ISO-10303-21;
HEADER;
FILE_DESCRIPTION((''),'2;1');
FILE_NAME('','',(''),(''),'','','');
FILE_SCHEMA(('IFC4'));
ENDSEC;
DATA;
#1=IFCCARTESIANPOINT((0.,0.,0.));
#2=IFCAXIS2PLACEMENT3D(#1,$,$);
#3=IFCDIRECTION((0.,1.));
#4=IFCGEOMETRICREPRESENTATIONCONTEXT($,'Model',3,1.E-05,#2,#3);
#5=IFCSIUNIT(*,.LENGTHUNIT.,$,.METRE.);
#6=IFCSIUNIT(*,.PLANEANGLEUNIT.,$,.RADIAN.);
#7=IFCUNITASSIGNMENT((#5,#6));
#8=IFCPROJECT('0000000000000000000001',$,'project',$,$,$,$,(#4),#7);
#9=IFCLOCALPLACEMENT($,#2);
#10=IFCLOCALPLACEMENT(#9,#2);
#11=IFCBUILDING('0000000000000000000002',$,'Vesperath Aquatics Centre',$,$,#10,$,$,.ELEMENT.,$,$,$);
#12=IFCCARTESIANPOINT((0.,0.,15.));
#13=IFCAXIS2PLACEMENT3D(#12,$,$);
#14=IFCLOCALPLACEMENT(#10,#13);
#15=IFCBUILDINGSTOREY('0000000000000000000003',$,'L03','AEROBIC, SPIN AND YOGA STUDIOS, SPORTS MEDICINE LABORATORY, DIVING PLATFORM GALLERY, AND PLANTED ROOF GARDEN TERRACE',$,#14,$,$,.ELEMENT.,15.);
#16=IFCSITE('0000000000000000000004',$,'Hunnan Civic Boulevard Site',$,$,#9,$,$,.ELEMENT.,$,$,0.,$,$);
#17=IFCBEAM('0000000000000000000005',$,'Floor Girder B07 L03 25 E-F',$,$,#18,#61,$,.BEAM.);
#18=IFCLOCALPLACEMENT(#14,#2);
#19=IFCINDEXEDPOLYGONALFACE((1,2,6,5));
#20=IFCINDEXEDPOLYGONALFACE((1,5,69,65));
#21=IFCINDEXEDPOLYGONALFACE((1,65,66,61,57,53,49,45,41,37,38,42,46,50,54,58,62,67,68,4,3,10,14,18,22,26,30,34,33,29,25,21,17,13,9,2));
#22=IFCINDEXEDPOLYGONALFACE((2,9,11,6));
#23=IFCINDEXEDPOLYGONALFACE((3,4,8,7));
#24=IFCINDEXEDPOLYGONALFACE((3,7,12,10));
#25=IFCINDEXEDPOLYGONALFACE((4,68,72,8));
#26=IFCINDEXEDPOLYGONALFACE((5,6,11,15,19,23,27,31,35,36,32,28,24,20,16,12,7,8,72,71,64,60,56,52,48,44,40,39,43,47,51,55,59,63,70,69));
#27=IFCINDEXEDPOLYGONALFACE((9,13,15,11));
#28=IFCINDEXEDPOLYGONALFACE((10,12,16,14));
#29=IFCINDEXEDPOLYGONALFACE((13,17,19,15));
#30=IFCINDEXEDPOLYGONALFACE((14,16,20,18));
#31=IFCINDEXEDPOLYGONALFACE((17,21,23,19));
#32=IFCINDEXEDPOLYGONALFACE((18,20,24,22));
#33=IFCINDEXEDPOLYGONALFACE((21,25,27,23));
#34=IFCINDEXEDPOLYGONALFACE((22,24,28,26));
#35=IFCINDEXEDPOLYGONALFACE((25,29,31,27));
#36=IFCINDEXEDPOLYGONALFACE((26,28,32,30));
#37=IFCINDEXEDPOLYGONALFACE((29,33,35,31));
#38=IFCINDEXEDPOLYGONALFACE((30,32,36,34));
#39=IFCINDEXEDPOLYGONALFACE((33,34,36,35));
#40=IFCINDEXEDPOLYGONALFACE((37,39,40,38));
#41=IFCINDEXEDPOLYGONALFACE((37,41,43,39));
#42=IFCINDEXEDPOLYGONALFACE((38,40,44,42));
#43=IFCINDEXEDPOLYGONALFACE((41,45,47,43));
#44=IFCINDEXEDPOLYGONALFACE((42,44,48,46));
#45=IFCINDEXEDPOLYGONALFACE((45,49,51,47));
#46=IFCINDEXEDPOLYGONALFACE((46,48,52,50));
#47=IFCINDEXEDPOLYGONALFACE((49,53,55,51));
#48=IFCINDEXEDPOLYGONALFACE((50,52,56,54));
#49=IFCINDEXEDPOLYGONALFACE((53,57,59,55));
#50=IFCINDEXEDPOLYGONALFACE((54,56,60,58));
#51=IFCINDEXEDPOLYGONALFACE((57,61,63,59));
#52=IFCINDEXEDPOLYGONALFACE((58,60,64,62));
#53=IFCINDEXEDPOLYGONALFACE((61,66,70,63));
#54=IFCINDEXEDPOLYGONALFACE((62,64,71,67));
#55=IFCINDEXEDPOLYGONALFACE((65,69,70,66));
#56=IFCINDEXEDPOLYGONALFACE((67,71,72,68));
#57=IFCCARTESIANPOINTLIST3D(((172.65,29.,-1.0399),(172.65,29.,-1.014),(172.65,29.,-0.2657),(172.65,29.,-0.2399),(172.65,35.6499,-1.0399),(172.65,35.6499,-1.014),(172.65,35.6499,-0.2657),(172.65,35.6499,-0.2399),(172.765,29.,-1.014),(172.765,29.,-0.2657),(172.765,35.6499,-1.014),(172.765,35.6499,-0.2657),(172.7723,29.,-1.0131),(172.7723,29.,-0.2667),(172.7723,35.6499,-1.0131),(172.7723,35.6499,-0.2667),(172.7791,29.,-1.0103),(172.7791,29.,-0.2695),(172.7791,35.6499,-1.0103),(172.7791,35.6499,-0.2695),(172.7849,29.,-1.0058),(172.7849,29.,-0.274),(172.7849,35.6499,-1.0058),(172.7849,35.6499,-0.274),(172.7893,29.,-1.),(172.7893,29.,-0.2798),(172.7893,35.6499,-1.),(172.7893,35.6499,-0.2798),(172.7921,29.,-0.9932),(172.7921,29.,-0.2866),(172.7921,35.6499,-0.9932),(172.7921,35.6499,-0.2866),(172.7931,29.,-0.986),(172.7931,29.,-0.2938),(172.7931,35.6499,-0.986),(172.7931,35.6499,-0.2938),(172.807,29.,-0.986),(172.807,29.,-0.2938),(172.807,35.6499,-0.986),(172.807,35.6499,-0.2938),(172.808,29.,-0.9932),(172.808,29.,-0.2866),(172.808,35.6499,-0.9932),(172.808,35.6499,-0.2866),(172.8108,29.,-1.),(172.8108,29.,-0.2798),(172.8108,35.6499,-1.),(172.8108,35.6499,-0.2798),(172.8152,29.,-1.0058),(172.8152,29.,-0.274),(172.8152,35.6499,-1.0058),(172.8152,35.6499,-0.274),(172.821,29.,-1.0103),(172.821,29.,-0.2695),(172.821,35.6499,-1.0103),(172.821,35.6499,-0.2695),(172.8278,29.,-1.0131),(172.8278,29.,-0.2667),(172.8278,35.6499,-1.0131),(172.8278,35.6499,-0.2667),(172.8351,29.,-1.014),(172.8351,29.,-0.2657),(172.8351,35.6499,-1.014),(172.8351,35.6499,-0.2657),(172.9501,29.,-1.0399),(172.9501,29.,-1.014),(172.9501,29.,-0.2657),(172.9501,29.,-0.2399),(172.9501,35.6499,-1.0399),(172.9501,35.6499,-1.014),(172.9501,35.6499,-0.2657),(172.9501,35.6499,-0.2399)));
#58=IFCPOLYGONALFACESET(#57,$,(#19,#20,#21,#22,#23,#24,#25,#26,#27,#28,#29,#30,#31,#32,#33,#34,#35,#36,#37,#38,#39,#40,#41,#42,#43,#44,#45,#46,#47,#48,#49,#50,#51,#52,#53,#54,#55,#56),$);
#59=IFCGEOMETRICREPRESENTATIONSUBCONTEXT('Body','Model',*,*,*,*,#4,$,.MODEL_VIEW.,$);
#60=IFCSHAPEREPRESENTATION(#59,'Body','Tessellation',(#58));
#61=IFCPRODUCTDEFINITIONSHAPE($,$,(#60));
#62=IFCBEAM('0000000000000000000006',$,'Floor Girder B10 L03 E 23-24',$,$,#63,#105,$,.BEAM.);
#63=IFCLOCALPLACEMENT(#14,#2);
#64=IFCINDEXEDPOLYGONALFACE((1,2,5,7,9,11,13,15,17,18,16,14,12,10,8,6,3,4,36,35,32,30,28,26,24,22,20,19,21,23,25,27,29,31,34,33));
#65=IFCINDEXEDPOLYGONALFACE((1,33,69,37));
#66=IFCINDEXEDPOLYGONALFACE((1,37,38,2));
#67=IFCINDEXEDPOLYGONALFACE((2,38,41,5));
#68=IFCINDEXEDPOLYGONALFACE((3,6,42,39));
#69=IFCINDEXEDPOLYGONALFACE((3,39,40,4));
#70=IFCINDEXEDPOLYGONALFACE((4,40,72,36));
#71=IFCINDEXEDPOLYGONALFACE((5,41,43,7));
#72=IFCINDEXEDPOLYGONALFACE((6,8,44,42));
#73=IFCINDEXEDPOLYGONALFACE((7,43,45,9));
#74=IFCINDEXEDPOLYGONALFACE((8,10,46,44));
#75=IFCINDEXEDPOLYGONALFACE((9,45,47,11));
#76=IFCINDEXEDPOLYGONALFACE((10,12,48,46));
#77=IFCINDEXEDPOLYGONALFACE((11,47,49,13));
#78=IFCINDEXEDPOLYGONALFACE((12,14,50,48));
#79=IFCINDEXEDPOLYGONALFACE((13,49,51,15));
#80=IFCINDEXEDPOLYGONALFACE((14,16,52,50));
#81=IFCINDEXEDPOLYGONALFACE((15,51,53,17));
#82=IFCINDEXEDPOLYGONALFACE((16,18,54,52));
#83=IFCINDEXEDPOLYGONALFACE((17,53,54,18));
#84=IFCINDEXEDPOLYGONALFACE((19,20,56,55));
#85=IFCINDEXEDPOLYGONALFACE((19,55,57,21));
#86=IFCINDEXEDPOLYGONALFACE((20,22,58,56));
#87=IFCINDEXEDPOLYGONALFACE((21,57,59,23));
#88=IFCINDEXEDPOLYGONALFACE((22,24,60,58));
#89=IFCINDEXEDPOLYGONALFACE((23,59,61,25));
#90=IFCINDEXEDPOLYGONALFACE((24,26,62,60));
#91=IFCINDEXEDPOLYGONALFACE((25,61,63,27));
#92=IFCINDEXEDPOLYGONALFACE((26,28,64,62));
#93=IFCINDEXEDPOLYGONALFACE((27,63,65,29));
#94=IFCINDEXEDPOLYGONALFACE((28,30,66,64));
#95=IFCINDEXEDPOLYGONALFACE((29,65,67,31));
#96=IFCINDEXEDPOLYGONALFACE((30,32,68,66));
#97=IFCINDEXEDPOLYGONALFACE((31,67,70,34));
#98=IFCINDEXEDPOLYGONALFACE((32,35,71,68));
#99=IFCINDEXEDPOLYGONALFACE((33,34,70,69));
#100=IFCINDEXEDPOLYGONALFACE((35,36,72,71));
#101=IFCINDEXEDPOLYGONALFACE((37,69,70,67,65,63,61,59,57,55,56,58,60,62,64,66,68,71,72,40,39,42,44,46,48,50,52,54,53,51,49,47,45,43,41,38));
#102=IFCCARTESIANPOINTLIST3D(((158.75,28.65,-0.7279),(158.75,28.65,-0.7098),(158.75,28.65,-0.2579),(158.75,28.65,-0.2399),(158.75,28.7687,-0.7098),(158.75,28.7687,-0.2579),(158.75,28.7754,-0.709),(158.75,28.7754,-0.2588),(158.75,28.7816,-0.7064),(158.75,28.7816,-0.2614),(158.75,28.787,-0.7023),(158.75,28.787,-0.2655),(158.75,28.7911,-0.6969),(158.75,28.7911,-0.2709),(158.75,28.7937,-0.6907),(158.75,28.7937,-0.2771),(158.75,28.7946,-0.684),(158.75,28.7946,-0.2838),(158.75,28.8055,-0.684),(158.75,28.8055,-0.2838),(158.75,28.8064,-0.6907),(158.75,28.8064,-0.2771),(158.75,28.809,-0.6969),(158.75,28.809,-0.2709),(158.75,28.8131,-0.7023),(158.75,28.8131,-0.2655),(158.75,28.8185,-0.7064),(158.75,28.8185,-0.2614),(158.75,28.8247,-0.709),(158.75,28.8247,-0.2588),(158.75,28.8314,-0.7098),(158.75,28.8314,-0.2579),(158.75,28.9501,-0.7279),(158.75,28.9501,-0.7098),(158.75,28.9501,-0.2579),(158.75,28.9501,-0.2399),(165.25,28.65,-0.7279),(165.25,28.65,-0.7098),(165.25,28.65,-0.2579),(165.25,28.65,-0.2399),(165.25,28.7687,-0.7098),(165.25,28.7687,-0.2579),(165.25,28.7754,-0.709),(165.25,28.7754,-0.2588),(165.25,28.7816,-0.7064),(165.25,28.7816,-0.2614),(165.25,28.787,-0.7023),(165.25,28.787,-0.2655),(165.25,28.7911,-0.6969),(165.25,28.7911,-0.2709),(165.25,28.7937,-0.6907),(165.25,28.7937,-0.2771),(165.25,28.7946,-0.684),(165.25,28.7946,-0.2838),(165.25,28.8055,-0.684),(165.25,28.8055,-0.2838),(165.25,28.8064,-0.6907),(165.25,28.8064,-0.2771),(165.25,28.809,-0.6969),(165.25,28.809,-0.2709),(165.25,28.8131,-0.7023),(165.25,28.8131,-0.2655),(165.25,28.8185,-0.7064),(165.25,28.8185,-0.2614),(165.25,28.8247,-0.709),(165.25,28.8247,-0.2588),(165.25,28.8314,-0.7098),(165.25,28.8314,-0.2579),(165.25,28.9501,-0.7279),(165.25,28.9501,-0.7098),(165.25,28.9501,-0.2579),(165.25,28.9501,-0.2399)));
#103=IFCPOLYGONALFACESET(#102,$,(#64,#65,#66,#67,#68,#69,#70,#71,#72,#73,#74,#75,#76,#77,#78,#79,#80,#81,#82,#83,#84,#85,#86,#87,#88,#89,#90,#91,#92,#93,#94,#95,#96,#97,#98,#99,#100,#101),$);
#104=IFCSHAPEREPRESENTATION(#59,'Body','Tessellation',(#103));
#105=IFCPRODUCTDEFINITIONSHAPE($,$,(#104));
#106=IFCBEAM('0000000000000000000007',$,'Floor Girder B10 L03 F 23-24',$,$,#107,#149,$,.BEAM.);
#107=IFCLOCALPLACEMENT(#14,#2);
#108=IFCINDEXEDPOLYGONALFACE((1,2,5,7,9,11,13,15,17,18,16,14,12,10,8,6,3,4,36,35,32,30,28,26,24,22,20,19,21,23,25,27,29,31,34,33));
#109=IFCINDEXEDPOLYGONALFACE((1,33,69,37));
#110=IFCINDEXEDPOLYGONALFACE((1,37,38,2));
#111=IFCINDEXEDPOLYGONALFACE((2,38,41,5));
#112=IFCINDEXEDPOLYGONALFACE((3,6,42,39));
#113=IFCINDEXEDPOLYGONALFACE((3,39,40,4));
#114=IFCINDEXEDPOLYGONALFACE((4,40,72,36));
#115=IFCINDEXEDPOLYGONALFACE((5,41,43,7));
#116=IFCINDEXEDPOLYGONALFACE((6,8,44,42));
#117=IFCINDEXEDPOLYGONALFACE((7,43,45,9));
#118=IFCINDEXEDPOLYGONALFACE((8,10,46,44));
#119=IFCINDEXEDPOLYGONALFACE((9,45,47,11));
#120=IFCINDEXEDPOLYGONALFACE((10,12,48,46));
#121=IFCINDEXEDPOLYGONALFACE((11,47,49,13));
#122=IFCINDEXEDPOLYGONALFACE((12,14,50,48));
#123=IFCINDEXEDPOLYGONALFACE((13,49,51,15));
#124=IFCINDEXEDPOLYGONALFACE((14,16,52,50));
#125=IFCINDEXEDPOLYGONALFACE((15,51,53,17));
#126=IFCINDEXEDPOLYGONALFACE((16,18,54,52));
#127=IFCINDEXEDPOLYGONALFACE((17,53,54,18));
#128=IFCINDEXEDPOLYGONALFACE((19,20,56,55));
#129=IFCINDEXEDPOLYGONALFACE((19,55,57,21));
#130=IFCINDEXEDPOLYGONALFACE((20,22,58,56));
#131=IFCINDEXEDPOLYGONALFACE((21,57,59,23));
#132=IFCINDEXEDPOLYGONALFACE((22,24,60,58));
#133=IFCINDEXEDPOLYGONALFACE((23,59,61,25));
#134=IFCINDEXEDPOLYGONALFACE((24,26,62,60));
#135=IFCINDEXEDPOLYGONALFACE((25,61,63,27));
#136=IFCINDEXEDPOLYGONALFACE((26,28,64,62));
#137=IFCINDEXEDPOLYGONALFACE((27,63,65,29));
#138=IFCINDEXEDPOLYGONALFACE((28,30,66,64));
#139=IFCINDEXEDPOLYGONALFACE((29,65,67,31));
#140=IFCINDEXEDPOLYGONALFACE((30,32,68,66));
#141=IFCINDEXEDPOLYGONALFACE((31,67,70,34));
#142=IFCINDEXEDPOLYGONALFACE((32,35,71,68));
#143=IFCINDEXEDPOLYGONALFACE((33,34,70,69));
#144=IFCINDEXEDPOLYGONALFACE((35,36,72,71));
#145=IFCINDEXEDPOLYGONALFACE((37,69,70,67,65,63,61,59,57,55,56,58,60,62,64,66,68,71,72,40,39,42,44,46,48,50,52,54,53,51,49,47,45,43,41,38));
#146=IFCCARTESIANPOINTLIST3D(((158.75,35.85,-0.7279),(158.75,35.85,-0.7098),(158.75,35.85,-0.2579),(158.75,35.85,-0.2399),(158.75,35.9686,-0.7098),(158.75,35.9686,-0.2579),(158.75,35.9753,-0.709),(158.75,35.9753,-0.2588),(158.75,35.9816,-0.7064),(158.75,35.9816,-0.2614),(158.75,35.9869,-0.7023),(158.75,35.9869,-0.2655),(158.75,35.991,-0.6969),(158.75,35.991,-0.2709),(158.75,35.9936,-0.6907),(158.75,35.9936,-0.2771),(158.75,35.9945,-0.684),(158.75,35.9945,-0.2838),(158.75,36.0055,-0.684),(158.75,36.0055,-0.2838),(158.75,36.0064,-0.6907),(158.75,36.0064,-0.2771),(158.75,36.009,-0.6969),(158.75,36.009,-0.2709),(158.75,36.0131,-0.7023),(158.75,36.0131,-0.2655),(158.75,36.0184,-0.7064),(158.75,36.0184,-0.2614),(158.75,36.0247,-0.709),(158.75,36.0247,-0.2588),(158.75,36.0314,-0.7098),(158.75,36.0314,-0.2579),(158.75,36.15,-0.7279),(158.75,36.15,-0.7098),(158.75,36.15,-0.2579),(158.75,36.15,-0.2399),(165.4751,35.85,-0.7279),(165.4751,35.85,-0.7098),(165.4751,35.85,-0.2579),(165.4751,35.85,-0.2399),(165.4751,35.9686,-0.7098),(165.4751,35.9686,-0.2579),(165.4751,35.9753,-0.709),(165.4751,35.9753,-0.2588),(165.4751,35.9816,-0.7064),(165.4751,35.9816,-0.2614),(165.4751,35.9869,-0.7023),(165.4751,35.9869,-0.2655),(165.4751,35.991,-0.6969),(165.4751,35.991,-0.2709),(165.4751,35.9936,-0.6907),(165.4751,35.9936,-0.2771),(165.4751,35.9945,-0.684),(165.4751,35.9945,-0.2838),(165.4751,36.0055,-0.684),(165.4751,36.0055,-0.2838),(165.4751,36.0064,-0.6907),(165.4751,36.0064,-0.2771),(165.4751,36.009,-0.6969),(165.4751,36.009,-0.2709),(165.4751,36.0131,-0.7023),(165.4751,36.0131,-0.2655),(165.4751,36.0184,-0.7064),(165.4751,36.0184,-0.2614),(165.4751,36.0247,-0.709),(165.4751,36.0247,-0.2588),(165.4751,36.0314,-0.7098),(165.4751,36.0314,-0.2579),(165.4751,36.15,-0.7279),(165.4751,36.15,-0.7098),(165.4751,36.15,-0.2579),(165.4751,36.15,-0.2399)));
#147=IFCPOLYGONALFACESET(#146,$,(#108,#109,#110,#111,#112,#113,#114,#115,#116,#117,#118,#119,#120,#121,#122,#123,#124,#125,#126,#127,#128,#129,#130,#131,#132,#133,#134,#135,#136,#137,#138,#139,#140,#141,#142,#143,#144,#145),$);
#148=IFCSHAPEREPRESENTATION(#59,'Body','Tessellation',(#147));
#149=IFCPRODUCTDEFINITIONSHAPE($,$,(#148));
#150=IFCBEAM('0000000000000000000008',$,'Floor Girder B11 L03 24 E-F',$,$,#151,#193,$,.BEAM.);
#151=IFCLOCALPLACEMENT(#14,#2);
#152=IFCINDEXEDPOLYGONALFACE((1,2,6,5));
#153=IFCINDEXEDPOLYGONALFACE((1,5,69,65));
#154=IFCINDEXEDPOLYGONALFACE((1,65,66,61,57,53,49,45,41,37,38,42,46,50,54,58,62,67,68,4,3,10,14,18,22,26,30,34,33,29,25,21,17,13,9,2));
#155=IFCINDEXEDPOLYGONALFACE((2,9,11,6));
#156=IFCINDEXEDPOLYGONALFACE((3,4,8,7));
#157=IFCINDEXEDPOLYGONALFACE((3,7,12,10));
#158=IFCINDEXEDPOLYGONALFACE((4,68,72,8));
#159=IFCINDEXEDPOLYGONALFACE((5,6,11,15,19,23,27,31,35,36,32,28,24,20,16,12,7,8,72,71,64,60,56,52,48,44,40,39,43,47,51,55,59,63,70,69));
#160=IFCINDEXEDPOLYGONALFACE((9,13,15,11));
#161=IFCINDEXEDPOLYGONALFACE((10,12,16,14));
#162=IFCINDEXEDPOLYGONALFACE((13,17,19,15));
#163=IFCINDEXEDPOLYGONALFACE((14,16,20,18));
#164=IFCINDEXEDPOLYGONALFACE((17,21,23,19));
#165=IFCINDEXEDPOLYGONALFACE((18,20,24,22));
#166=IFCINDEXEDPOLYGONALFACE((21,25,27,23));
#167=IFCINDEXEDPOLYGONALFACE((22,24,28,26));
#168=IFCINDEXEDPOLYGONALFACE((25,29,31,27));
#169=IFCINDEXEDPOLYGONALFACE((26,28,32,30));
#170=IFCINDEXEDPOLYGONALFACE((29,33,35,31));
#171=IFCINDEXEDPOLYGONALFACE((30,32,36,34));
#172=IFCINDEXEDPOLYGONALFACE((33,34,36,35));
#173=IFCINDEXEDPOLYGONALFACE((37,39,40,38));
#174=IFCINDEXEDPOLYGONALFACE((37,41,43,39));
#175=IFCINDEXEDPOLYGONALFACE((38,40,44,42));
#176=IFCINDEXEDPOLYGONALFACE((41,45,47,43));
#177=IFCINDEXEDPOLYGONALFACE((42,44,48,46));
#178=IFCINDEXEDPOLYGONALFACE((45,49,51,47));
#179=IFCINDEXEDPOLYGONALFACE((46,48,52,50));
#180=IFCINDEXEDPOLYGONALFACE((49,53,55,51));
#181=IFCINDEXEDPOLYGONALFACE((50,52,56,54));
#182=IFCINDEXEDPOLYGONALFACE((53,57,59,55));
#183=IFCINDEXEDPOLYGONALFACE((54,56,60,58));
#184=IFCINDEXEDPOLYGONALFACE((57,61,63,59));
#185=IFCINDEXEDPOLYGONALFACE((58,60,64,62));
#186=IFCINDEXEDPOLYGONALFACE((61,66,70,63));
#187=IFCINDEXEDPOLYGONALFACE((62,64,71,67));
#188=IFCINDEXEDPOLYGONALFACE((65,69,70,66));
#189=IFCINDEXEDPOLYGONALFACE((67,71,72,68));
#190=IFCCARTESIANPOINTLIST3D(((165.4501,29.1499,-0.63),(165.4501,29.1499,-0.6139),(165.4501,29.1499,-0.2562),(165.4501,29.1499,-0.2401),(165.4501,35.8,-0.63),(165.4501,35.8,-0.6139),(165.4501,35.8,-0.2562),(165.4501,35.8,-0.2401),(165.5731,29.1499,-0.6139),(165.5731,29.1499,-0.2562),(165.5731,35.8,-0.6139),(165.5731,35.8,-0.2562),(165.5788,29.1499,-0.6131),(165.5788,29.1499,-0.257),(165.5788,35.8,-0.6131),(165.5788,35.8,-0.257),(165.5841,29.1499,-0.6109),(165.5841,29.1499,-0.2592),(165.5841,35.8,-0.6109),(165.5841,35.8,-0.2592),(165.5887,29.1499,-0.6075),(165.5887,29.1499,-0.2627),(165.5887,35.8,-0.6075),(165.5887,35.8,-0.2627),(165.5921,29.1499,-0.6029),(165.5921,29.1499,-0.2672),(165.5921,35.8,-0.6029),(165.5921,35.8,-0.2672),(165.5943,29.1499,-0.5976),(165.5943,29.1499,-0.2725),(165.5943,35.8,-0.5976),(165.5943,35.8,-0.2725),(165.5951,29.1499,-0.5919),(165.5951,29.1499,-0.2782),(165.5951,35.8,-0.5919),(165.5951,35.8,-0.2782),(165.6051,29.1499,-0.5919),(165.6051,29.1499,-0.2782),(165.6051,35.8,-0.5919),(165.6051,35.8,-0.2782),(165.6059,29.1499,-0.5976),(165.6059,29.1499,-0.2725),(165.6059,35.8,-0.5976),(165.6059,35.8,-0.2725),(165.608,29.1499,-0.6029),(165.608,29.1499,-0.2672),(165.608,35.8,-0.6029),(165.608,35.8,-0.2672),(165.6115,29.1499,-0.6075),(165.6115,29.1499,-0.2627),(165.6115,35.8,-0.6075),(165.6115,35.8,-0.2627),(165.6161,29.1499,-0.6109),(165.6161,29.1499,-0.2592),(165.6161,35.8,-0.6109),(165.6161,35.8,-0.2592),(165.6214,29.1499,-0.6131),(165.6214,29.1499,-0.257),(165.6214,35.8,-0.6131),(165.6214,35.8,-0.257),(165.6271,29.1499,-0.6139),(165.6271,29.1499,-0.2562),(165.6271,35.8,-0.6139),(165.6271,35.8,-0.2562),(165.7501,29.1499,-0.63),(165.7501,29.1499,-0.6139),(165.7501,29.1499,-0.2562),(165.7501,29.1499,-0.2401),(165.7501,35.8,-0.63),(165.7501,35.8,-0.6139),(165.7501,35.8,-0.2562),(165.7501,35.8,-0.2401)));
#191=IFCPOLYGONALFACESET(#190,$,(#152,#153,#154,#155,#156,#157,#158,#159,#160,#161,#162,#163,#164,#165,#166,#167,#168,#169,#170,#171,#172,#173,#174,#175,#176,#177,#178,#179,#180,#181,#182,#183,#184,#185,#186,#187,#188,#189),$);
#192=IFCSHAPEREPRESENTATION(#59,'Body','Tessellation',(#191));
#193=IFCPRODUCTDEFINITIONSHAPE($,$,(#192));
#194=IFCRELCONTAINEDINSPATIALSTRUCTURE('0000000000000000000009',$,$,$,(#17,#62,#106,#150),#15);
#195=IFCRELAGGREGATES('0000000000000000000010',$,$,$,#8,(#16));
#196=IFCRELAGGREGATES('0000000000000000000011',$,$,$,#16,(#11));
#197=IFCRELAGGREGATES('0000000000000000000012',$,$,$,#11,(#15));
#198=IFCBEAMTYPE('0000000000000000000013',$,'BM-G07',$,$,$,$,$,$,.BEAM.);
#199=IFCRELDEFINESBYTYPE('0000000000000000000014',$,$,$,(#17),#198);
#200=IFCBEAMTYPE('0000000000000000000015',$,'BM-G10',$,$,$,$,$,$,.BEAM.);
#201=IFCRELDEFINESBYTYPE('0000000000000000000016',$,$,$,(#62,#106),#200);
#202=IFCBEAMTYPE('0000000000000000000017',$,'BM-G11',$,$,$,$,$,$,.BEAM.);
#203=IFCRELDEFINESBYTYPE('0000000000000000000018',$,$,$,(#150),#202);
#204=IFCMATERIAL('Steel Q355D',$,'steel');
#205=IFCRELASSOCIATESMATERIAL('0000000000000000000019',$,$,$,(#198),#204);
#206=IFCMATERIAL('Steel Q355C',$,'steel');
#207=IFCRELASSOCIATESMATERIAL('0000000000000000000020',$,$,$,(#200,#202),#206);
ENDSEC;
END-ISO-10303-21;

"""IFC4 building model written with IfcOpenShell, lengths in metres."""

from ifc_helpers import new_model, si_unit, direction, frame, origin, origin_2d, place, context, subcontext, project, spatial, i_section, extrude, material, material_profile, profile_set, type_object, element, save


model = new_model("IFC4")

# Units and contexts
model_context = context("Model", 3, precision=1e-05, world=origin(), true_north=direction((0.0, 1.0)))
body_context = subcontext(model_context, "Body", "Model", "MODEL_VIEW")
ifc_project = project(units=[si_unit("LENGTHUNIT", "METRE"), si_unit("PLANEANGLEUNIT", "RADIAN")], contexts=[model_context])

# Site, building, storey
site_placement = place(None, origin())
site = spatial("IfcSite", under=ifc_project, at=site_placement, Name="Hunnan Civic Boulevard Site", CompositionType="ELEMENT", RefElevation=0.0)
building_placement = place(site_placement, origin())
building = spatial("IfcBuilding", under=site, at=building_placement, Name="Vesperath Aquatics Centre", CompositionType="ELEMENT")
storey_placement = place(building_placement, frame((0.0, 0.0, 15.0)))
storey = spatial("IfcBuildingStorey", under=building, at=storey_placement, Name="L03", Description="AEROBIC, SPIN AND YOGA STUDIOS, SPORTS MEDICINE LABORATORY, DIVING PLATFORM GALLERY, AND PLANTED ROOF GARDEN TERRACE", CompositionType="ELEMENT", Elevation=15.0)

# Shared definitions
ifc_material_1 = material(Name="Steel Q355C", Category="steel")

# Beams
ifc_material_2 = material(Name="Steel Q355D", Category="steel")
ifc_material_profile_1 = material_profile(ifc_material_2, i_section(OverallWidth=0.3, OverallDepth=0.8, WebThickness=0.0139, FlangeThickness=0.0259, FilletRadius=0.0281, at=origin_2d()), Name="HN 800x300x14x26")
ifc_profile_set_1 = profile_set([ifc_material_profile_1], Name="Steel Q355D")
beam_type_1 = type_object("IfcBeamType", Name="BM-G07", PredefinedType="BEAM", material=ifc_profile_set_1)
beam_1_placement = place(storey_placement, frame((172.8, 29.0, -0.6399), z_axis=(0.0, 1.0, 0.0), x_axis=(-1.0, 0.0, 0.0)))
element("IfcBeam", 1, at=beam_1_placement, inside=storey, type_object=beam_type_1, Name="Floor Girder B07 L03 25 E-F", PredefinedType="BEAM", context=body_context, shape_type="SweptSolid", body=[
    extrude(i_section(OverallWidth=0.3, OverallDepth=0.8, WebThickness=0.0139, FlangeThickness=0.0259, FilletRadius=0.0281, at=origin_2d()), origin(), (0.0, 0.0, 1.0), 6.6499),
])
ifc_material_profile_2 = material_profile(ifc_material_1, i_section(OverallWidth=0.3, OverallDepth=0.488, WebThickness=0.011, FlangeThickness=0.0181, FilletRadius=0.0259, at=origin_2d()), Name="HM 488x300x11x18")
ifc_profile_set_2 = profile_set([ifc_material_profile_2], Name="Steel Q355C")
beam_type_2 = type_object("IfcBeamType", Name="BM-G10", PredefinedType="BEAM", material=ifc_profile_set_2)
beam_2_placement = place(storey_placement, frame((158.75, 28.8, -0.4839), z_axis=(1.0, 0.0, 0.0), x_axis=(0.0, 1.0, 0.0)))
element("IfcBeam", 2, at=beam_2_placement, inside=storey, type_object=beam_type_2, Name="Floor Girder B10 L03 E 23-24", PredefinedType="BEAM", context=body_context, shape_type="SweptSolid", body=[
    extrude(i_section(OverallWidth=0.3, OverallDepth=0.488, WebThickness=0.011, FlangeThickness=0.0181, FilletRadius=0.0259, at=origin_2d()), origin(), (0.0, 0.0, 1.0), 6.5),
])
beam_3_placement = place(storey_placement, frame((158.75, 36.0, -0.4839), z_axis=(1.0, 0.0, 0.0), x_axis=(0.0, 1.0, 0.0)))
element("IfcBeam", 3, at=beam_3_placement, inside=storey, type_object=beam_type_2, Name="Floor Girder B10 L03 F 23-24", PredefinedType="BEAM", context=body_context, shape_type="SweptSolid", body=[
    extrude(i_section(OverallWidth=0.3, OverallDepth=0.488, WebThickness=0.011, FlangeThickness=0.0181, FilletRadius=0.0259, at=origin_2d()), origin(), (0.0, 0.0, 1.0), 6.7251),
])
ifc_material_profile_3 = material_profile(ifc_material_1, i_section(OverallWidth=0.3, OverallDepth=0.3899, WebThickness=0.01, FlangeThickness=0.0161, FilletRadius=0.022, at=origin_2d()), Name="HM 390x300x10x16")
ifc_profile_set_3 = profile_set([ifc_material_profile_3], Name="Steel Q355C")
beam_type_3 = type_object("IfcBeamType", Name="BM-G11", PredefinedType="BEAM", material=ifc_profile_set_3)
beam_4_placement = place(storey_placement, frame((165.6001, 29.1499, -0.4351), z_axis=(0.0, 1.0, 0.0), x_axis=(-1.0, 0.0, 0.0)))
element("IfcBeam", 4, at=beam_4_placement, inside=storey, type_object=beam_type_3, Name="Floor Girder B11 L03 24 E-F", PredefinedType="BEAM", context=body_context, shape_type="SweptSolid", body=[
    extrude(i_section(OverallWidth=0.3, OverallDepth=0.3899, WebThickness=0.01, FlangeThickness=0.0161, FilletRadius=0.022, at=origin_2d()), origin(), (0.0, 0.0, 1.0), 6.6501),
])

save(model, "model.ifc")
